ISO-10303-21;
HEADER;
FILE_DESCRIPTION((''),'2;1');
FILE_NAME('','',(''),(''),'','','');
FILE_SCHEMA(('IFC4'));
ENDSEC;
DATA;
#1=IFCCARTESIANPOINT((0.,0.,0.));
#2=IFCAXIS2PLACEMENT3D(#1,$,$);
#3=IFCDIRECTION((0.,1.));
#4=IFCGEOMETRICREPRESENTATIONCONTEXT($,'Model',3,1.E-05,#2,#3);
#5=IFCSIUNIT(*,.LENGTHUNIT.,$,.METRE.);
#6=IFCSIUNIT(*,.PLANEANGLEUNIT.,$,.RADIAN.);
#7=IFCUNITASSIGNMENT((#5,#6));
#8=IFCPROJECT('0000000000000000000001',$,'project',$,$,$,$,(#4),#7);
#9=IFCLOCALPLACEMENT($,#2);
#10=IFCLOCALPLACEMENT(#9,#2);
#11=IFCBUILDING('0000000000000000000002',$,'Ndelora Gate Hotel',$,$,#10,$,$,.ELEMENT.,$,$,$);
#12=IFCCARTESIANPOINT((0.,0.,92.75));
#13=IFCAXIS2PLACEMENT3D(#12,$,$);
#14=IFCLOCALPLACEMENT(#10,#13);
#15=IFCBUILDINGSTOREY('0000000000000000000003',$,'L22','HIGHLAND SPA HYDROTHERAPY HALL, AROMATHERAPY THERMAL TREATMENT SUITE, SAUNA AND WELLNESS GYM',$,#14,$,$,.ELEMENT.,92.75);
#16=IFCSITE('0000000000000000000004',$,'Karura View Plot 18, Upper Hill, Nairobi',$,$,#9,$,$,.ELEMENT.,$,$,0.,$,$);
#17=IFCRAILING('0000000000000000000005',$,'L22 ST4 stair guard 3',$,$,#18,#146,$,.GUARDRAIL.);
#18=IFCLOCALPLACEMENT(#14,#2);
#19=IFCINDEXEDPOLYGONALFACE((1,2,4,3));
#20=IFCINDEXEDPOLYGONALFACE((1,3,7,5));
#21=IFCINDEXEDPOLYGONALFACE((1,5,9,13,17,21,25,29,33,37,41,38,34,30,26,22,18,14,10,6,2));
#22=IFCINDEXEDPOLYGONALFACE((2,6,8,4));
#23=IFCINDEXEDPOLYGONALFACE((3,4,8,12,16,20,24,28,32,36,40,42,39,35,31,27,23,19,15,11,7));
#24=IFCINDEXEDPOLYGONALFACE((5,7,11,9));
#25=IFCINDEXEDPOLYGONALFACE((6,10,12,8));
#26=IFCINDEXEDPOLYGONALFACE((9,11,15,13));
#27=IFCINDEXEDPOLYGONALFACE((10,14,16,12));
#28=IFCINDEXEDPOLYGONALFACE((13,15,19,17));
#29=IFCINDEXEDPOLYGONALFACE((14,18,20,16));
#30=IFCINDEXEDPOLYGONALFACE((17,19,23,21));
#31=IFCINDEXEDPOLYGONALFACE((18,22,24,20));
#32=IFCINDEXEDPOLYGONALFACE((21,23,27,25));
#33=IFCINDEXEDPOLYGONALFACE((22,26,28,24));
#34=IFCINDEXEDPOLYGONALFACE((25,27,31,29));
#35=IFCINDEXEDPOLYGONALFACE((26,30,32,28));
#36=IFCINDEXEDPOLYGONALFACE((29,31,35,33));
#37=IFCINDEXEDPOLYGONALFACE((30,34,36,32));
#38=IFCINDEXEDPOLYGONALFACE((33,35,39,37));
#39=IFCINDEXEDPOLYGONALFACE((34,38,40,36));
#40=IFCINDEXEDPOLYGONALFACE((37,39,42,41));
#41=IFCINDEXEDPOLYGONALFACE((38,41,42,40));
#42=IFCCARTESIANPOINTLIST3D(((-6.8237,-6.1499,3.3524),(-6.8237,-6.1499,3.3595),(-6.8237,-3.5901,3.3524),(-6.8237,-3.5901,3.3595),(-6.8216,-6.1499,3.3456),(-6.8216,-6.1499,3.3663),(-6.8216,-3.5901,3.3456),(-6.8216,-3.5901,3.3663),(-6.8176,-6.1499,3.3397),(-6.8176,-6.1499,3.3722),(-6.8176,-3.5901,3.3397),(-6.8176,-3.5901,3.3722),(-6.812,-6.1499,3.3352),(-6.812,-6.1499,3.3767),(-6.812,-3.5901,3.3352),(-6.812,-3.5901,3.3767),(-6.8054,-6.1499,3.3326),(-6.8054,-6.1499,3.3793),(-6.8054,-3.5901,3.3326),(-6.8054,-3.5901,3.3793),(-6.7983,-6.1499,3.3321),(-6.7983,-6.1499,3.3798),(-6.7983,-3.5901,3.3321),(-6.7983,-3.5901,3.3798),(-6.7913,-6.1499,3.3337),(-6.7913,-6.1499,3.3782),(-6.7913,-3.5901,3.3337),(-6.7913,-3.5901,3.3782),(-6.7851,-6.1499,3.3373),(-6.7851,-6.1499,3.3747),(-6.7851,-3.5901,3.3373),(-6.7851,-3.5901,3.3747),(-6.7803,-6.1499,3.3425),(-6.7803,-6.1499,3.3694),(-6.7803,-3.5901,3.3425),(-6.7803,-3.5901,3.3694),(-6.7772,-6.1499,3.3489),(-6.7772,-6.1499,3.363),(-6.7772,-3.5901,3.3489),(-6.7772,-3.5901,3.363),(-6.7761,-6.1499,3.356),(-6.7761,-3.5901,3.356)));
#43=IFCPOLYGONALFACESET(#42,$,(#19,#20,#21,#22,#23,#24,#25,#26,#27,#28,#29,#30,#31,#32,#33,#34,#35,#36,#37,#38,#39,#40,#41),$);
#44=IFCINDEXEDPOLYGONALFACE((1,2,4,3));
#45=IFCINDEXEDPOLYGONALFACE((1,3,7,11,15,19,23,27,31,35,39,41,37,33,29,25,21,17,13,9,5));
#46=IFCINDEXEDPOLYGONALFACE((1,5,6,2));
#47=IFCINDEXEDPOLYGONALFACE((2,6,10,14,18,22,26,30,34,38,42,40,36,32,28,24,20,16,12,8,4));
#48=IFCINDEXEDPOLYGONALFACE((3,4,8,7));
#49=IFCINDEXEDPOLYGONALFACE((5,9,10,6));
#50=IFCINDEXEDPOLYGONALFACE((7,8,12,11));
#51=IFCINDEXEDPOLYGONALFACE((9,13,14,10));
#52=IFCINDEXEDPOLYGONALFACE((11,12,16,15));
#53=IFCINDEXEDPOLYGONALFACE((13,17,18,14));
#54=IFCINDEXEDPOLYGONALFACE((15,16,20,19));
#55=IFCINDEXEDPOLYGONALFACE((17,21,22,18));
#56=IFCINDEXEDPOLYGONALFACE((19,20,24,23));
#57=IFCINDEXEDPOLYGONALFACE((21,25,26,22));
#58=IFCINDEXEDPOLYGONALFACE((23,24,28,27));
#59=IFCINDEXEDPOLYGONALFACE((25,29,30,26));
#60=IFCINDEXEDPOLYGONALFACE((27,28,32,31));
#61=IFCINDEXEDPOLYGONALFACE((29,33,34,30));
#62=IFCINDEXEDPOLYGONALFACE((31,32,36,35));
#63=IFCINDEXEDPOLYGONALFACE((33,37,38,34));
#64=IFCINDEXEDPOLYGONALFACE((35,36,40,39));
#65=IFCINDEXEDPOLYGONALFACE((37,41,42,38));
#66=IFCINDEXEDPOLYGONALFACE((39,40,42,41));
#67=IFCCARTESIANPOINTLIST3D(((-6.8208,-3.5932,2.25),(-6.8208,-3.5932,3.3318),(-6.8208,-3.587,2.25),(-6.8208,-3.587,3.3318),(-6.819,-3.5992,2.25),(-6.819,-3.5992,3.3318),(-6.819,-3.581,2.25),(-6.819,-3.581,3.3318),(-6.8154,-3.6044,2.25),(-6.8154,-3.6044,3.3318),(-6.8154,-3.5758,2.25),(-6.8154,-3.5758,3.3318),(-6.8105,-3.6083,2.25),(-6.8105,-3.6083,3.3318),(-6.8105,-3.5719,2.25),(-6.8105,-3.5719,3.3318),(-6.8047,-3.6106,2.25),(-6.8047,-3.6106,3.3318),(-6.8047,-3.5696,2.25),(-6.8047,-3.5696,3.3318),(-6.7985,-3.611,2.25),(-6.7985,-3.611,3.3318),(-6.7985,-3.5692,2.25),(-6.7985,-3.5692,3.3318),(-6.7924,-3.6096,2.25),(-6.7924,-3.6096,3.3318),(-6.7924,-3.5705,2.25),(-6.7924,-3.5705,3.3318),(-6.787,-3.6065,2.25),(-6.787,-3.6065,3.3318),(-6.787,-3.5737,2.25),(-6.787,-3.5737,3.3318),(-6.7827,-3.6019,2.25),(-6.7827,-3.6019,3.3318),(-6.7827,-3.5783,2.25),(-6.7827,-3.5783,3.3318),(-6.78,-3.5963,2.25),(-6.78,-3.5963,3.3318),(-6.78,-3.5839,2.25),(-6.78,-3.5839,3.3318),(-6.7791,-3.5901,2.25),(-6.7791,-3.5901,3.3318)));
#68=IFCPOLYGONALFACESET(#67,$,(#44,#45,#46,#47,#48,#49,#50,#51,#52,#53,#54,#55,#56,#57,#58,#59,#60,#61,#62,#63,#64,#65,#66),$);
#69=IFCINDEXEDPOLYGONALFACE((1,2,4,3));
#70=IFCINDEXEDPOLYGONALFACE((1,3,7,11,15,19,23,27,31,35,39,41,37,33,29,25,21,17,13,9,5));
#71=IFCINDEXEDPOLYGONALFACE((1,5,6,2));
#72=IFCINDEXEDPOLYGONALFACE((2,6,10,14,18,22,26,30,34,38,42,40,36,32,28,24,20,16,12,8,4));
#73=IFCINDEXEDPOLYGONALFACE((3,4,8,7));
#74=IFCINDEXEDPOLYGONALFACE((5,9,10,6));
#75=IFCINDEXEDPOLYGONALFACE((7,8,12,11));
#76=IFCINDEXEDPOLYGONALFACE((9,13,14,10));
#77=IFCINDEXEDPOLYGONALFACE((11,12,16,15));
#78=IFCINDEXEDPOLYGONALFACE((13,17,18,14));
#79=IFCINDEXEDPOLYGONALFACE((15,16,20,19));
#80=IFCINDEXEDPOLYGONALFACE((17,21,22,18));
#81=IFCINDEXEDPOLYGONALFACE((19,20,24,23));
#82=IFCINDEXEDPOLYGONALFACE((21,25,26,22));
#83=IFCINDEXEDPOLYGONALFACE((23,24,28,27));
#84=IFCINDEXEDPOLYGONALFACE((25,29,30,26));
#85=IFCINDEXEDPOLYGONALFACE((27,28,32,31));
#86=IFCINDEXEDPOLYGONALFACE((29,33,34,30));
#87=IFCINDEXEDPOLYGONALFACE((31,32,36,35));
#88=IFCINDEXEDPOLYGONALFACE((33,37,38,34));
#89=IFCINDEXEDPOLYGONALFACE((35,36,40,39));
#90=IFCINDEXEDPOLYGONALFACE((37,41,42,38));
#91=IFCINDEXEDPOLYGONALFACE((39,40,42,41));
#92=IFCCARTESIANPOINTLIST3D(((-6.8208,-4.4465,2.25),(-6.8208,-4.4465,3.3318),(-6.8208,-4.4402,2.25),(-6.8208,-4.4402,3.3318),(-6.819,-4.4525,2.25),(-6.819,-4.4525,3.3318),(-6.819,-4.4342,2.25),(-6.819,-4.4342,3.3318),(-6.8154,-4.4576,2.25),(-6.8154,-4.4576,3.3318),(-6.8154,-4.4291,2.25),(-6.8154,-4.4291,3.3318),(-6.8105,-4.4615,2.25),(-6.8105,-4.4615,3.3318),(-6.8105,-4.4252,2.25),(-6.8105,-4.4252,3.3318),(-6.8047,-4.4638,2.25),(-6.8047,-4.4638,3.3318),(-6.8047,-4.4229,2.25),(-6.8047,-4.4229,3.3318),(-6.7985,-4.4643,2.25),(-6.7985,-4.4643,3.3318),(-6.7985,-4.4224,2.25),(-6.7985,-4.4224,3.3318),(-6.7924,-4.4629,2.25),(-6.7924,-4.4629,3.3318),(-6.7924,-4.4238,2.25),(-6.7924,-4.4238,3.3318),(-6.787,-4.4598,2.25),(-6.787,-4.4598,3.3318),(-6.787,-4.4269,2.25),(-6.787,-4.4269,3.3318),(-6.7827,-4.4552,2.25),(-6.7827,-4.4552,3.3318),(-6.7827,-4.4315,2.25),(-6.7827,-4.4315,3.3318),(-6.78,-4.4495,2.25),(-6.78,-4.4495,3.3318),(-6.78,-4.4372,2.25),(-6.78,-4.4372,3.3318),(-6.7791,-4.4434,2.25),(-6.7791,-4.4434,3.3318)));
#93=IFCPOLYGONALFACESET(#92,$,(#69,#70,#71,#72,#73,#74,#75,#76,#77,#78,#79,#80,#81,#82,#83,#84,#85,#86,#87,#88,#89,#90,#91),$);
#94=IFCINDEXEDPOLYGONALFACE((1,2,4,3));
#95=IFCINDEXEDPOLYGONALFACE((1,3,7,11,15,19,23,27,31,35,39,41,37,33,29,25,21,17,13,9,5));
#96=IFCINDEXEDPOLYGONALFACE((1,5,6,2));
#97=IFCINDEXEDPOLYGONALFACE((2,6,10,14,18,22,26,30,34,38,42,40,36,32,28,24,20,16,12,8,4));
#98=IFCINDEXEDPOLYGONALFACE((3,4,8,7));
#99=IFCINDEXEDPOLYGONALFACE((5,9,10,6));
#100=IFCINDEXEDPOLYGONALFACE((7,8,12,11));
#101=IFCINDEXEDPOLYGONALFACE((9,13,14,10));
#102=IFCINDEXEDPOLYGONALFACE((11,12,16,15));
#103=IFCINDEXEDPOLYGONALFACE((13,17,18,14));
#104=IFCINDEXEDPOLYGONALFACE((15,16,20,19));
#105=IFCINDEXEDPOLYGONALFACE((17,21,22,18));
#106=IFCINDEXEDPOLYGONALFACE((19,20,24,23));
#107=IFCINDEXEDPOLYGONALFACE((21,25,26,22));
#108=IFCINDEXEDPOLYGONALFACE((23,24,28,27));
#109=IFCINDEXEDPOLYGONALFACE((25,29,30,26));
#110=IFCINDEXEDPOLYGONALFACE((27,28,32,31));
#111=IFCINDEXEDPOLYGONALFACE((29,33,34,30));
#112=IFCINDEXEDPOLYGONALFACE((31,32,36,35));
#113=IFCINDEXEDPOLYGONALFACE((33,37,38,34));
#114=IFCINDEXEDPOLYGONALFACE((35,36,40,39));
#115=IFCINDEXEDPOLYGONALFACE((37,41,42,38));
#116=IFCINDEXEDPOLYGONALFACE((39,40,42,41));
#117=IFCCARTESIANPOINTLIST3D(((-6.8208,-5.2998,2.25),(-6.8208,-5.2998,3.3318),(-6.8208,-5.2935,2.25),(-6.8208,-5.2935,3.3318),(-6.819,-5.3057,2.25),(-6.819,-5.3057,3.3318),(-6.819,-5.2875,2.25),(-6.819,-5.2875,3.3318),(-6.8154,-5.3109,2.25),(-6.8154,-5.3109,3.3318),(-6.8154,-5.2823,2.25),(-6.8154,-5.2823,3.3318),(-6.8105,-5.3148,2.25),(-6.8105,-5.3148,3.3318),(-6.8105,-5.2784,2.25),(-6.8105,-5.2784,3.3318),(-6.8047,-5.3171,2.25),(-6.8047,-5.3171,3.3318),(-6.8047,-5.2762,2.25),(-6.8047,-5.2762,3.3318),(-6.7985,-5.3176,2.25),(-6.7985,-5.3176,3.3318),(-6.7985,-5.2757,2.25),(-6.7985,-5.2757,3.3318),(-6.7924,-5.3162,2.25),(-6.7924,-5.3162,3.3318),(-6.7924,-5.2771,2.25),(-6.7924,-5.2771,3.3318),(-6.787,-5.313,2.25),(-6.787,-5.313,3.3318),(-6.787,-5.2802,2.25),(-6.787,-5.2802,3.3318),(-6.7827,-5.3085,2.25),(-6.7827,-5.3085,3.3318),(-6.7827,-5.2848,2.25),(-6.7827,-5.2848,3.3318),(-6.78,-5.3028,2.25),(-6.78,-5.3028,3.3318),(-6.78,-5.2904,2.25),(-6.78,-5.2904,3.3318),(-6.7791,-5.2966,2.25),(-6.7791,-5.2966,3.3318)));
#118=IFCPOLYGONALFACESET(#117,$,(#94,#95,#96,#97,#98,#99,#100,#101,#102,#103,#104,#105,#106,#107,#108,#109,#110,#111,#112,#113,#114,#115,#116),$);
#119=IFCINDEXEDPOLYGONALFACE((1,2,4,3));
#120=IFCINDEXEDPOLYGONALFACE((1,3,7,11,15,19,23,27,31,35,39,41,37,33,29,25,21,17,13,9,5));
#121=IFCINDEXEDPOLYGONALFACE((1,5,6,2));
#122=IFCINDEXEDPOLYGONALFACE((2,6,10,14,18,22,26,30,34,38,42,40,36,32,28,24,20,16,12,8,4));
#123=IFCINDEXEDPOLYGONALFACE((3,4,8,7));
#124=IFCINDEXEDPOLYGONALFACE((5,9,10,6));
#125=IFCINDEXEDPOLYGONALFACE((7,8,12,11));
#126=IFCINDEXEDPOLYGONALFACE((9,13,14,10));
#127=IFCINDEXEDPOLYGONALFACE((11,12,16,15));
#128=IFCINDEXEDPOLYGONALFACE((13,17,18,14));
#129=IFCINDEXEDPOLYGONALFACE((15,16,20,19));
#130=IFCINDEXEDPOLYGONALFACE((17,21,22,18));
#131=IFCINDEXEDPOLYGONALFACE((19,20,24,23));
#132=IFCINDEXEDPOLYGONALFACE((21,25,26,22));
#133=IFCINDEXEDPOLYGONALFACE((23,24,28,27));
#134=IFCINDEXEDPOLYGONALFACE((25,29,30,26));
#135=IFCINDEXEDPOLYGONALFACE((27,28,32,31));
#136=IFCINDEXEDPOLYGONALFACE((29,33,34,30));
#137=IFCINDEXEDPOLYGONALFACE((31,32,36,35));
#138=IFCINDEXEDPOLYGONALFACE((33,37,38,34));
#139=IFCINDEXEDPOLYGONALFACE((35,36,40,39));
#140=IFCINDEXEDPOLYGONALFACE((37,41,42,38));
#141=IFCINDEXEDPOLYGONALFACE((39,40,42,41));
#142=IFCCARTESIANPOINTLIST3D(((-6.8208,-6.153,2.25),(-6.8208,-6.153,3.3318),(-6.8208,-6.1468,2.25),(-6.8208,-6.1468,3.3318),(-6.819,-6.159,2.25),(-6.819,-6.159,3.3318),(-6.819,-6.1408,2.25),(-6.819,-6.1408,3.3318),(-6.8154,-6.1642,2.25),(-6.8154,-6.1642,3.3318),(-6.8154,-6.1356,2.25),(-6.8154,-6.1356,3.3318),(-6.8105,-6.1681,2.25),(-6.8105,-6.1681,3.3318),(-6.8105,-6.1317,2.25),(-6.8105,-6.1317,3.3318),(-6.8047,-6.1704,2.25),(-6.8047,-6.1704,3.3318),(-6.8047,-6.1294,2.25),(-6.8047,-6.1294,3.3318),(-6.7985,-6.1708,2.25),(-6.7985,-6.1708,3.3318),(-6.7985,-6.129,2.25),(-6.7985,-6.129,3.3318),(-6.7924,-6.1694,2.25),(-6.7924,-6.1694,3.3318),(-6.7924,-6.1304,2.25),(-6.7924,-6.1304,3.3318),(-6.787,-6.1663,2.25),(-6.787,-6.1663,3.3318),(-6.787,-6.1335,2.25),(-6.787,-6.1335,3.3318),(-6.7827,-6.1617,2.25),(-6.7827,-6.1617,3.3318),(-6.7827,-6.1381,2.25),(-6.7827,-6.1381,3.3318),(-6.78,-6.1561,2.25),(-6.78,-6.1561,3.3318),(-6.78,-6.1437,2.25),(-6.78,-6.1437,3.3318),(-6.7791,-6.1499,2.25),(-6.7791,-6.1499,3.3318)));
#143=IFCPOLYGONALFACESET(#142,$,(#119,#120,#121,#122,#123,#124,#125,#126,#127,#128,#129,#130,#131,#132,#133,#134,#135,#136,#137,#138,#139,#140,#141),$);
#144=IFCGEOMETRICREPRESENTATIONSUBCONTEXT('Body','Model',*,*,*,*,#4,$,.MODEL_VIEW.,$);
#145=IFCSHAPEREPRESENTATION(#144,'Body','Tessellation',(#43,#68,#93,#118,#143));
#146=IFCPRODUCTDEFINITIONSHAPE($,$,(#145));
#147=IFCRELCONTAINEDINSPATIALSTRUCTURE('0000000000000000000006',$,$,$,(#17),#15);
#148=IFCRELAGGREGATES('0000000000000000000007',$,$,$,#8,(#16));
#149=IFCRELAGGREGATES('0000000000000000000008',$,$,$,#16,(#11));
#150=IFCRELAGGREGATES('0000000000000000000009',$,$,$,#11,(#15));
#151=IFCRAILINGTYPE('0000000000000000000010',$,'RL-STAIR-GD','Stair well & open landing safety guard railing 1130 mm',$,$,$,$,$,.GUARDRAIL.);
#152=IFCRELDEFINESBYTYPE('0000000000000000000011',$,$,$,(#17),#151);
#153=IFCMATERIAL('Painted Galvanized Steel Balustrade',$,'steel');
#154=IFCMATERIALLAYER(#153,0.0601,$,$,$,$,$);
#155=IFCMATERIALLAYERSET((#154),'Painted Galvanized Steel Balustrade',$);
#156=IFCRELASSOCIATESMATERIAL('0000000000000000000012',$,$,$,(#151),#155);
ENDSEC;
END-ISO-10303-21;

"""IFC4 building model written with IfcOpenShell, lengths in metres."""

from ifc_helpers import new_model, si_unit, direction, frame, origin, origin_2d, place, context, subcontext, project, spatial, circle, extrude, material, layer, layer_set, type_object, element, save


model = new_model("IFC4")

# Units and contexts
model_context = context("Model", 3, precision=1e-05, world=origin(), true_north=direction((0.0, 1.0)))
body_context = subcontext(model_context, "Body", "Model", "MODEL_VIEW")
ifc_project = project(units=[si_unit("LENGTHUNIT", "METRE"), si_unit("PLANEANGLEUNIT", "RADIAN")], contexts=[model_context])

# Site, building, storey
site_placement = place(None, origin())
site = spatial("IfcSite", under=ifc_project, at=site_placement, Name="Karura View Plot 18, Upper Hill, Nairobi", CompositionType="ELEMENT", RefElevation=0.0)
building_placement = place(site_placement, origin())
building = spatial("IfcBuilding", under=site, at=building_placement, Name="Ndelora Gate Hotel", CompositionType="ELEMENT")
storey_placement = place(building_placement, frame((0.0, 0.0, 92.75)))
storey = spatial("IfcBuildingStorey", under=building, at=storey_placement, Name="L22", Description="HIGHLAND SPA HYDROTHERAPY HALL, AROMATHERAPY THERMAL TREATMENT SUITE, SAUNA AND WELLNESS GYM", CompositionType="ELEMENT", Elevation=92.75)

# Railing
ifc_material_1 = material(Name="Painted Galvanized Steel Balustrade", Category="steel")
ifc_layer_1 = layer(ifc_material_1, 0.0601)
ifc_layer_set_1 = layer_set([ifc_layer_1], Name="Painted Galvanized Steel Balustrade")
railing_type_1 = type_object("IfcRailingType", Name="RL-STAIR-GD", Description="Stair well & open landing safety guard railing 1130 mm", PredefinedType="GUARDRAIL", material=ifc_layer_set_1)
for number, where, name in (
    (1, (-6.8, -3.5901, 2.25), "L22 ST4 stair guard 3"),
):
    element("IfcRailing", number, at=place(storey_placement, frame(where)), inside=storey, type_object=railing_type_1, Name=name, PredefinedType="GUARDRAIL", context=body_context, shape_type="SweptSolid", body=[
        extrude(circle(Radius=0.0239, at=origin_2d()), frame((0.0, 0.0, 1.106), z_axis=(0.0, -1.0, 0.0), x_axis=(1.0, 0.0, 0.0)), (0.0, 0.0, 1.0), 2.5598),
        extrude(circle(Radius=0.021, at=origin_2d()), origin(), (0.0, 0.0, 1.0), 1.0818),
        extrude(circle(Radius=0.021, at=origin_2d()), frame((0.0, -0.8533, 0.0)), (0.0, 0.0, 1.0), 1.0818),
        extrude(circle(Radius=0.021, at=origin_2d()), frame((0.0, -1.7065, 0.0)), (0.0, 0.0, 1.0), 1.0818),
        extrude(circle(Radius=0.021, at=origin_2d()), frame((0.0, -2.5598, 0.0)), (0.0, 0.0, 1.0), 1.0818),
    ])

save(model, "model.ifc")
